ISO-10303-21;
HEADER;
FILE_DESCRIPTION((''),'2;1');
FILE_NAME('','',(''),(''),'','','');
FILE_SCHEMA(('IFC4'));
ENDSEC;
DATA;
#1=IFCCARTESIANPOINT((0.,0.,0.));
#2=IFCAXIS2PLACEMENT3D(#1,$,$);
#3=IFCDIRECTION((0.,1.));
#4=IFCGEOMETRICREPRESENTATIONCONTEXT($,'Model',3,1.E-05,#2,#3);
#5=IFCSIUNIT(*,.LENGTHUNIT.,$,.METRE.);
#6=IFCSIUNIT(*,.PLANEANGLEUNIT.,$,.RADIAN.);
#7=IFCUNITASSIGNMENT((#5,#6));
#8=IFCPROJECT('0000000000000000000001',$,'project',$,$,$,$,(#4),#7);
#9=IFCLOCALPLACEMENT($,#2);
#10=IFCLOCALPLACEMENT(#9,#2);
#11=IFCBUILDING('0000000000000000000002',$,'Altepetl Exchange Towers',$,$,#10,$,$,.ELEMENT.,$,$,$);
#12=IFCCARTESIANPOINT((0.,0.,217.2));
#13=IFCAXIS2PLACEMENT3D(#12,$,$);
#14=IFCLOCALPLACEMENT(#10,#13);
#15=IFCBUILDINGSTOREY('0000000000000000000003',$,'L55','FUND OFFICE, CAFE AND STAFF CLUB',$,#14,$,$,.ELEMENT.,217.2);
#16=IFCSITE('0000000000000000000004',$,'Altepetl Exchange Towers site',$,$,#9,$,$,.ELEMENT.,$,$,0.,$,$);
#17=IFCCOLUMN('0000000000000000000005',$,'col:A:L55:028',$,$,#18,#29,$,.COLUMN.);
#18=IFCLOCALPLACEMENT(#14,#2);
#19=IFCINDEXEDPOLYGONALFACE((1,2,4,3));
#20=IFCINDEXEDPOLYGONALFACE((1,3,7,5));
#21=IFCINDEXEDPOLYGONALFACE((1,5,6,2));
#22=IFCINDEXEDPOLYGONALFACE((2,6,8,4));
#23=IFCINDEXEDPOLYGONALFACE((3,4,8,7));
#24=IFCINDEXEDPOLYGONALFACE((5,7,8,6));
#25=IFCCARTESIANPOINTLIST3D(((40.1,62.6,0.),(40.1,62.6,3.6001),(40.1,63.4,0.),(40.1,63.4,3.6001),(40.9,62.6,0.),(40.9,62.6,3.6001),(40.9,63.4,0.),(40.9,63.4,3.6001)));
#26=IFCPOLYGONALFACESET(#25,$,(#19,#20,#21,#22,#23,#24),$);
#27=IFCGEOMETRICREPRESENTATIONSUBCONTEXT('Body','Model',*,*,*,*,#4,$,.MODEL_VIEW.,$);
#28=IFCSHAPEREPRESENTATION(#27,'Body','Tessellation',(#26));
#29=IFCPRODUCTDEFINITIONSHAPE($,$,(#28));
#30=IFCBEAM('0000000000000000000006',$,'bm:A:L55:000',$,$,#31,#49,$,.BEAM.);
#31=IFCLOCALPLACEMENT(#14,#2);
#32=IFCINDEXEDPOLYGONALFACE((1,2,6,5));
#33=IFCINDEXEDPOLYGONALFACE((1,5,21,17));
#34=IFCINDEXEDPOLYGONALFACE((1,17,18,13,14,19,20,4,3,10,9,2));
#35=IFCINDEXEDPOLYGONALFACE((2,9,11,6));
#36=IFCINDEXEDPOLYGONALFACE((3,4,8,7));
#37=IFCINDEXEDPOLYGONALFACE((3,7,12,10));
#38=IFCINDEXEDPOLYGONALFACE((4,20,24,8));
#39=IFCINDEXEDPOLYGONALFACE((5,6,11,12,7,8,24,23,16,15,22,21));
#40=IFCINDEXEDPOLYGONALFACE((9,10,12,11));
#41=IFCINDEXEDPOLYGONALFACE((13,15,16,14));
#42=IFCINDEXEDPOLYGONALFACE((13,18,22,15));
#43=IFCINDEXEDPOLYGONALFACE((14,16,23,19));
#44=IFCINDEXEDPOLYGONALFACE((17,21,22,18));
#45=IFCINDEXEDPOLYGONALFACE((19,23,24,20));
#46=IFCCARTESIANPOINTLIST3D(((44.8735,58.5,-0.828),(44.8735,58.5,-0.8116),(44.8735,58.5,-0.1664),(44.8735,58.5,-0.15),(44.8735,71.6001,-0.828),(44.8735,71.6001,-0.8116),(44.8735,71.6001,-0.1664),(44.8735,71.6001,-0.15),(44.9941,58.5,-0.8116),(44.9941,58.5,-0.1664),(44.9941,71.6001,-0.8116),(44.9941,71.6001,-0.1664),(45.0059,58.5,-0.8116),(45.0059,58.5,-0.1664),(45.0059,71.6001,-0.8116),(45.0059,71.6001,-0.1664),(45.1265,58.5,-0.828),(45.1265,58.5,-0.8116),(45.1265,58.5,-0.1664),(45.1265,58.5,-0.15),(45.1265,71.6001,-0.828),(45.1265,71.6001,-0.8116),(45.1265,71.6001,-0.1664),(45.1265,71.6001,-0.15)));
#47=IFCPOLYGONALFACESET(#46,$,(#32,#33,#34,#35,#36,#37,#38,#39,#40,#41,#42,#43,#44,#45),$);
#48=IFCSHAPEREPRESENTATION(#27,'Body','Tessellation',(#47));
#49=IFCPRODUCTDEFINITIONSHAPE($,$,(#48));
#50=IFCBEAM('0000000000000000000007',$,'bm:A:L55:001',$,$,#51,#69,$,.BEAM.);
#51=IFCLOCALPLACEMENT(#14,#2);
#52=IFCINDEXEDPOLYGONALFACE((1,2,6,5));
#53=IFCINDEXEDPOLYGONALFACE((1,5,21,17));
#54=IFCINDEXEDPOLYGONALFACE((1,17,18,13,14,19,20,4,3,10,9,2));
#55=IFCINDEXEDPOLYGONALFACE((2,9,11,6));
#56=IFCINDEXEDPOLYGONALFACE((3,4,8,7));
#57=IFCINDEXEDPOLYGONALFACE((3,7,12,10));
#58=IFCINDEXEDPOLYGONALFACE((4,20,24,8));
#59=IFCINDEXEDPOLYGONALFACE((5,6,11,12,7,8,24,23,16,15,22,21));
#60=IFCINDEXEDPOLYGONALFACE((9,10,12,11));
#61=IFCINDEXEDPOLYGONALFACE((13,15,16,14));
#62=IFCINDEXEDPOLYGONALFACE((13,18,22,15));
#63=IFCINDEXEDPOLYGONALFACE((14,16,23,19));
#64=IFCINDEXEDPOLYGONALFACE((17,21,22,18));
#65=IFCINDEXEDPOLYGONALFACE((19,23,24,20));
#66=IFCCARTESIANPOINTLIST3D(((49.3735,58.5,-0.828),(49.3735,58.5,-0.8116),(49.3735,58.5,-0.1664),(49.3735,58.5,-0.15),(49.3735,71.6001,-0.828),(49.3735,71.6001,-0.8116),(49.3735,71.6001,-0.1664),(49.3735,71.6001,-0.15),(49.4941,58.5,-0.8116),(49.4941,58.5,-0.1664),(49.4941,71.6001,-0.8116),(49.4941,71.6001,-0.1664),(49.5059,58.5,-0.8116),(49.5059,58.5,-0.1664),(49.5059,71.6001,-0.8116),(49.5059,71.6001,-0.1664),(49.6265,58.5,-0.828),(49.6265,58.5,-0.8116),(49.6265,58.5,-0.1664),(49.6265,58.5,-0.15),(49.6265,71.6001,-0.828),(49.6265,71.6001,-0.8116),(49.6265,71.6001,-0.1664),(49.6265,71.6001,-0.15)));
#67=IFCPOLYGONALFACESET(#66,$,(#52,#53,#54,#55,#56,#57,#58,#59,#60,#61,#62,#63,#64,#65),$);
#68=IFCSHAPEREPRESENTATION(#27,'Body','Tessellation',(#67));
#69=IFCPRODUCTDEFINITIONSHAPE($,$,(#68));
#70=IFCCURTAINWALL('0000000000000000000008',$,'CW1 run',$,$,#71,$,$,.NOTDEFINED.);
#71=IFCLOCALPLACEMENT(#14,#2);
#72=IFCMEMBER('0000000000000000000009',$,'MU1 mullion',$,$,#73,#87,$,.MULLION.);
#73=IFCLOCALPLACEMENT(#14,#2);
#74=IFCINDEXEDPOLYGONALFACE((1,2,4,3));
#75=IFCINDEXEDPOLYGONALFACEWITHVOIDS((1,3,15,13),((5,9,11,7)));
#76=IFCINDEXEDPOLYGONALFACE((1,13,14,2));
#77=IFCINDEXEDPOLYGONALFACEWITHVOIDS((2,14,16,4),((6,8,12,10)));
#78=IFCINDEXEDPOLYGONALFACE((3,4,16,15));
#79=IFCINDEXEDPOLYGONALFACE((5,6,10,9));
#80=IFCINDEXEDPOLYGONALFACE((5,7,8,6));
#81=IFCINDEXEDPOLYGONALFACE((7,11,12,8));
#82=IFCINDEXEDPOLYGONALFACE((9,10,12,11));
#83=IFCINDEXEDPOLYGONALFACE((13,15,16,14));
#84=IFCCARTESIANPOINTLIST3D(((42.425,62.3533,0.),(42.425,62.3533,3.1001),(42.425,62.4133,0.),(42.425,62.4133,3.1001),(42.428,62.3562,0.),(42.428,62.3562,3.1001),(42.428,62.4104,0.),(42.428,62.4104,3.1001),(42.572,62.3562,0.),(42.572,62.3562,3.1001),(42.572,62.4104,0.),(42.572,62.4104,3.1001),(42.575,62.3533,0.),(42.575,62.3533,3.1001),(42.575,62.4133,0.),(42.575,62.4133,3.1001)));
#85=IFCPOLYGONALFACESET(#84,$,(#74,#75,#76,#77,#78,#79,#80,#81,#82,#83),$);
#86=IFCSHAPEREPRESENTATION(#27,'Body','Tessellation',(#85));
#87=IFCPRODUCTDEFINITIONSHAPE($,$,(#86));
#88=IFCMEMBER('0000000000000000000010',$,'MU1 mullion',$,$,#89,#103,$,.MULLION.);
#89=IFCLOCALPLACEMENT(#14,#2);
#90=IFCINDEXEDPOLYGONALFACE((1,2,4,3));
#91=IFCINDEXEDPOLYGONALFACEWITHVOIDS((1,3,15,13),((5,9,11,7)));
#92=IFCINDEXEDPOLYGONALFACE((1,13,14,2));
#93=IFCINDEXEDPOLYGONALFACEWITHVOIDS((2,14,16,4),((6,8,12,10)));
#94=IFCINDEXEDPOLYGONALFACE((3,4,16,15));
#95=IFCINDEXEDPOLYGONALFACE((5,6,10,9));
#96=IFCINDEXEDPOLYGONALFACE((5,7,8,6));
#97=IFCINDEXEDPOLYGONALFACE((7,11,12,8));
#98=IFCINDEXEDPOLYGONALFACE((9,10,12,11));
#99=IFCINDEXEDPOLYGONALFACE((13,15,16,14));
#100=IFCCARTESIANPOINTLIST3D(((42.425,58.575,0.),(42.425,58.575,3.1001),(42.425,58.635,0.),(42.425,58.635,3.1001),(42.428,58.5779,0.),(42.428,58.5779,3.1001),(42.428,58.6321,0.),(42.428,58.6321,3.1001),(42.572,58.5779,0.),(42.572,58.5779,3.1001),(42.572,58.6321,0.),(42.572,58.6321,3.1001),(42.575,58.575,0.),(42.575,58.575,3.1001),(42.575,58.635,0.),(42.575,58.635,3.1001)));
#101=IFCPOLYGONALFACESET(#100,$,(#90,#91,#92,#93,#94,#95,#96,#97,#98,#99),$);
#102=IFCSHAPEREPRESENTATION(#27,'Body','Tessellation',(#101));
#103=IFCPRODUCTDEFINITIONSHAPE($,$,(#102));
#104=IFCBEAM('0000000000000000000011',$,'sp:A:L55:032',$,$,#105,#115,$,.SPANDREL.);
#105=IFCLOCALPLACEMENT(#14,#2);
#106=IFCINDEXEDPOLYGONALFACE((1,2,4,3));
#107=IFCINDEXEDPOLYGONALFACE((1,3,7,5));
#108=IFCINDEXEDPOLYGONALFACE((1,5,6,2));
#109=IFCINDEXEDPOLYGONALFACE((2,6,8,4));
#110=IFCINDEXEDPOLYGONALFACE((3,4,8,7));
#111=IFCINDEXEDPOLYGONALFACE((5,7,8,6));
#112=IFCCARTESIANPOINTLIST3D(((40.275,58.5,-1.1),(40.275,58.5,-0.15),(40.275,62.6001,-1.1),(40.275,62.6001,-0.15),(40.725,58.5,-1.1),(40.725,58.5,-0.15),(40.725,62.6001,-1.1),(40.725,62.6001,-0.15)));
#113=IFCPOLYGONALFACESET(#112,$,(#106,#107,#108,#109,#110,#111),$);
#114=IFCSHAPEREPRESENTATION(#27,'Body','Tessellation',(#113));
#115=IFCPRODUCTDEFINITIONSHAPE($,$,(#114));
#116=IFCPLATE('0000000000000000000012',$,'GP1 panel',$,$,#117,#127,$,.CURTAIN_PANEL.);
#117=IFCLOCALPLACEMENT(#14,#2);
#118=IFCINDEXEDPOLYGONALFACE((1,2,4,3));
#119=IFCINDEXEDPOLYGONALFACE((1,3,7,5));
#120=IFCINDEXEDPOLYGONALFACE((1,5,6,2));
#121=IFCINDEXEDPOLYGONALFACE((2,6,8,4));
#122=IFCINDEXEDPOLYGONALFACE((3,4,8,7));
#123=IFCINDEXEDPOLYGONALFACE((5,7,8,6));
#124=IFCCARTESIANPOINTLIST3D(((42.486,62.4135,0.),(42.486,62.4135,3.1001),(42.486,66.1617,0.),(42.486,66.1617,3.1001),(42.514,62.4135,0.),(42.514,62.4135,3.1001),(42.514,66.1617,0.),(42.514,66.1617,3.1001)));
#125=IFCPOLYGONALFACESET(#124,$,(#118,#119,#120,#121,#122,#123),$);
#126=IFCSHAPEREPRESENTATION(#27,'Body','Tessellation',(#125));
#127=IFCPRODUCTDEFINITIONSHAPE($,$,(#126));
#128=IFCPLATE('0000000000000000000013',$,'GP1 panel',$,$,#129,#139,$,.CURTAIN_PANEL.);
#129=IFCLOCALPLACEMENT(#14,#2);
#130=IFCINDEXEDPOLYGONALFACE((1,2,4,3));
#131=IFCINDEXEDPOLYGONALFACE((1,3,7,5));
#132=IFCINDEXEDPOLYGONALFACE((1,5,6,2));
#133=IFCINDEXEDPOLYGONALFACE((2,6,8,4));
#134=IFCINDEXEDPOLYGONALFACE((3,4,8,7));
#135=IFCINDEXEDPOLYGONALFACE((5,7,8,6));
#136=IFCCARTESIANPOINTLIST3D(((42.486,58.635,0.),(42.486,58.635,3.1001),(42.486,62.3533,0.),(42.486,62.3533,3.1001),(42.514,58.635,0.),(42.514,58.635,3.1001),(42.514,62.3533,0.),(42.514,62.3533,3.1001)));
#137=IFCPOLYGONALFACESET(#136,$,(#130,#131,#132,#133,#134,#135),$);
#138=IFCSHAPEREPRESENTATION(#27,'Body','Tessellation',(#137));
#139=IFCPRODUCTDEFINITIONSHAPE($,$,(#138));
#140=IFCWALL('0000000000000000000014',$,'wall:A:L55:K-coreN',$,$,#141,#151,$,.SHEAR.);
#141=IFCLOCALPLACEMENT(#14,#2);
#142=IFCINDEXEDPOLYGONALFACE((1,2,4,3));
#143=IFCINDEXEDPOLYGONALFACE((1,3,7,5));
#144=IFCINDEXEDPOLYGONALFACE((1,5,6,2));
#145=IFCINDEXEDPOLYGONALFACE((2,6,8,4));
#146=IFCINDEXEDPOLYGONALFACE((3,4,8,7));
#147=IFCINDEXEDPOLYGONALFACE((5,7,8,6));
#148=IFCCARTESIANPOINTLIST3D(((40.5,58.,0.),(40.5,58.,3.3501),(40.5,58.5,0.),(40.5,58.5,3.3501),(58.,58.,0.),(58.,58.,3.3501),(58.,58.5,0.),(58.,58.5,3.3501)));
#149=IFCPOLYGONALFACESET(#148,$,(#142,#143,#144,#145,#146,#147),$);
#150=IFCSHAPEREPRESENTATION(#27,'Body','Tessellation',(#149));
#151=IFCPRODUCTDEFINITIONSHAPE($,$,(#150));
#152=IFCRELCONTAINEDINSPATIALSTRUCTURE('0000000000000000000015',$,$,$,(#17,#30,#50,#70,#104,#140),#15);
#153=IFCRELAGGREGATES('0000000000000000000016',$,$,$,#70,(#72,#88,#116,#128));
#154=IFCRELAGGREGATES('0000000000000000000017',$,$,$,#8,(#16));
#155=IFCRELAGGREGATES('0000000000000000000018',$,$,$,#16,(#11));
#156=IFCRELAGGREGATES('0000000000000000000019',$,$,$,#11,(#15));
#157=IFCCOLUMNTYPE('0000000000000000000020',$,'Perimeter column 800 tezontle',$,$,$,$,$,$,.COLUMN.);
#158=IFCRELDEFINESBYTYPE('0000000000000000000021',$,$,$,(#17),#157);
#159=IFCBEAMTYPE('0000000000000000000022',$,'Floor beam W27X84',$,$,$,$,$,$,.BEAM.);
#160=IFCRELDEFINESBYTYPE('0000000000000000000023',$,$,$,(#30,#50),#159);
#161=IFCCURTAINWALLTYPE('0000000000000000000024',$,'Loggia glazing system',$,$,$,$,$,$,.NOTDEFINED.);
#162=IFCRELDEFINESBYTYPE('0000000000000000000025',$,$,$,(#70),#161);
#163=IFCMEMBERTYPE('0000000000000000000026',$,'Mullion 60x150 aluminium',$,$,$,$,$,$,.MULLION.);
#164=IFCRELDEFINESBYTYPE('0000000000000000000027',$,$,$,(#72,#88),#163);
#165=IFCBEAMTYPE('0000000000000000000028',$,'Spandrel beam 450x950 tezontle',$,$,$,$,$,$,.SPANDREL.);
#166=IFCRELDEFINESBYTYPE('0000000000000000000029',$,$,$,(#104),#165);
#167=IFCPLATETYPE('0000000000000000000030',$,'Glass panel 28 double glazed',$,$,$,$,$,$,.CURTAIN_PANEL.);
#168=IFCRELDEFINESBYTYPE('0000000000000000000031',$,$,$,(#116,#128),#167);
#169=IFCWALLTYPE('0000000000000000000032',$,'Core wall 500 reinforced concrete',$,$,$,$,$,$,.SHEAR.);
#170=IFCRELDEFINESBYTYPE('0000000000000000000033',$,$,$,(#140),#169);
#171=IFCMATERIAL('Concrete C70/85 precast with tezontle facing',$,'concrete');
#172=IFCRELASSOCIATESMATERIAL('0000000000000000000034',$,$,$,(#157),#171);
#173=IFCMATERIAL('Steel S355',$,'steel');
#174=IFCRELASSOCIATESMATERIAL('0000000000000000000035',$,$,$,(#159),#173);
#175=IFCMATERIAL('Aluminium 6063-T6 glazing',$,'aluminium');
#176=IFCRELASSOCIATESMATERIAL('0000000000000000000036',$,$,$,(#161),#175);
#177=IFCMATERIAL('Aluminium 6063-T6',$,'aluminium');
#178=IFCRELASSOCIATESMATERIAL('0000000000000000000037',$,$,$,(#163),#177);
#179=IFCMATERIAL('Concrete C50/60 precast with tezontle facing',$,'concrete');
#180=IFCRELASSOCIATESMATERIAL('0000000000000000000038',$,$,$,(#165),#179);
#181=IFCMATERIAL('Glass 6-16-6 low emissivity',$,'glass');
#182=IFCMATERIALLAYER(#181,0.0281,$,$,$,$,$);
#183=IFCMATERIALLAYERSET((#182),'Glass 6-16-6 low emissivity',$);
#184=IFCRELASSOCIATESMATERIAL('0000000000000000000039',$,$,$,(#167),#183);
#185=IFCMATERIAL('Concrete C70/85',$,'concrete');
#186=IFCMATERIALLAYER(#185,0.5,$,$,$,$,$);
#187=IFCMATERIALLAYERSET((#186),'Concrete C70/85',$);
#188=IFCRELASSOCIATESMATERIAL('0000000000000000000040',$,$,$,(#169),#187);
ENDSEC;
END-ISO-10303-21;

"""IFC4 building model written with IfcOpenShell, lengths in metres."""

from ifc_helpers import new_model, si_unit, direction, frame, frame_2d, origin, origin_2d, place, context, subcontext, project, spatial, rectangle, hollow_rectangle, i_section, extrude, material, layer, layer_set, material_profile, profile_set, type_object, element, aggregate, save


model = new_model("IFC4")

# Units and contexts
model_context = context("Model", 3, precision=1e-05, world=origin(), true_north=direction((0.0, 1.0)))
body_context = subcontext(model_context, "Body", "Model", "MODEL_VIEW")
ifc_project = project(units=[si_unit("LENGTHUNIT", "METRE"), si_unit("PLANEANGLEUNIT", "RADIAN")], contexts=[model_context])

# Site, building, storey
site_placement = place(None, origin())
site = spatial("IfcSite", under=ifc_project, at=site_placement, Name="Altepetl Exchange Towers site", CompositionType="ELEMENT", RefElevation=0.0)
building_placement = place(site_placement, origin())
building = spatial("IfcBuilding", under=site, at=building_placement, Name="Altepetl Exchange Towers", CompositionType="ELEMENT")
storey_placement = place(building_placement, frame((0.0, 0.0, 217.2)))
storey = spatial("IfcBuildingStorey", under=building, at=storey_placement, Name="L55", Description="FUND OFFICE, CAFE AND STAFF CLUB", CompositionType="ELEMENT", Elevation=217.2)

# Column
ifc_material_1 = material(Name="Concrete C70/85 precast with tezontle facing", Category="concrete")
ifc_material_profile_1 = material_profile(ifc_material_1, rectangle(XDim=0.8, YDim=0.8, at=origin_2d()), Name="800 x 800")
ifc_profile_set_1 = profile_set([ifc_material_profile_1], Name="Concrete C70/85 precast with tezontle facing")
column_type = type_object("IfcColumnType", Name="Perimeter column 800 tezontle", PredefinedType="COLUMN", material=ifc_profile_set_1)
column_placement = place(storey_placement, frame((40.5, 63.0, 0.0)))
element("IfcColumn", 1, at=column_placement, inside=storey, type_object=column_type, Name="col:A:L55:028", PredefinedType="COLUMN", context=body_context, shape_type="SweptSolid", body=[
    extrude(rectangle(XDim=0.8, YDim=0.8, at=origin_2d()), origin(), (0.0, 0.0, 1.0), 3.6001),
])

# Beams
ifc_material_2 = material(Name="Steel S355", Category="steel")
ifc_material_profile_2 = material_profile(ifc_material_2, i_section(OverallWidth=0.2529, OverallDepth=0.678, WebThickness=0.0117, FlangeThickness=0.0164, at=origin_2d()), Name="W27X84")
ifc_profile_set_2 = profile_set([ifc_material_profile_2], Name="Steel S355")
beam_type_1 = type_object("IfcBeamType", Name="Floor beam W27X84", PredefinedType="BEAM", material=ifc_profile_set_2)
for number, where, z_axis, x_axis, name in (
    (2, (45.0, 58.5, -0.489), (0.0, 1.0, 0.0), (-1.0, 0.0, 0.0), "bm:A:L55:000"),
    (3, (49.5, 58.5, -0.489), (0.0, 1.0, 0.0), (-1.0, 0.0, 0.0), "bm:A:L55:001"),
):
    element("IfcBeam", number, at=place(storey_placement, frame(where, z_axis=z_axis, x_axis=x_axis)), inside=storey, type_object=beam_type_1, Name=name, PredefinedType="BEAM", context=body_context, shape_type="SweptSolid", body=[
        extrude(i_section(OverallWidth=0.2529, OverallDepth=0.678, WebThickness=0.0117, FlangeThickness=0.0164, at=origin_2d()), origin(), (0.0, 0.0, 1.0), 13.1001),
    ])

# Curtain wall, members
ifc_material_3 = material(Name="Aluminium 6063-T6 glazing", Category="aluminium")
curtain_wall_type = type_object("IfcCurtainWallType", Name="Loggia glazing system", PredefinedType="NOTDEFINED", material=ifc_material_3)
curtain_wall_placement = place(storey_placement, origin())
curtain_wall = element("IfcCurtainWall", 4, at=curtain_wall_placement, inside=storey, type_object=curtain_wall_type, Name="CW1 run", PredefinedType="NOTDEFINED")
ifc_material_4 = material(Name="Aluminium 6063-T6", Category="aluminium")
ifc_material_profile_3 = material_profile(ifc_material_4, hollow_rectangle(XDim=0.0601, YDim=0.1499, WallThickness=0.0029, at=origin_2d()), Name="Mullion 60x150 aluminium")
ifc_profile_set_3 = profile_set([ifc_material_profile_3], Name="Aluminium 6063-T6")
member_type = type_object("IfcMemberType", Name="Mullion 60x150 aluminium", PredefinedType="MULLION", material=ifc_profile_set_3)
member_1_placement = place(storey_placement, frame((42.5, 62.3833, 0.0), z_axis=(0.0, 0.0, 1.0), x_axis=(0.0, -1.0, 0.0)))
member_1 = element("IfcMember", 5, at=member_1_placement, type_object=member_type, Name="MU1 mullion", PredefinedType="MULLION", context=body_context, shape_type="SweptSolid", body=[
    extrude(hollow_rectangle(XDim=0.0601, YDim=0.1499, WallThickness=0.0029, at=origin_2d()), origin(), (0.0, 0.0, 1.0), 3.1001),
])
member_2_placement = place(storey_placement, frame((42.5, 58.605, 0.0), z_axis=(0.0, 0.0, 1.0), x_axis=(0.0, -1.0, 0.0)))
member_2 = element("IfcMember", 6, at=member_2_placement, type_object=member_type, Name="MU1 mullion", PredefinedType="MULLION", context=body_context, shape_type="SweptSolid", body=[
    extrude(hollow_rectangle(XDim=0.0601, YDim=0.1499, WallThickness=0.0029, at=origin_2d()), origin(), (0.0, 0.0, 1.0), 3.1001),
])

# Beam
ifc_material_5 = material(Name="Concrete C50/60 precast with tezontle facing", Category="concrete")
ifc_material_profile_4 = material_profile(ifc_material_5, rectangle(XDim=0.45, YDim=0.95, at=origin_2d()), Name="450 x 950")
ifc_profile_set_4 = profile_set([ifc_material_profile_4], Name="Concrete C50/60 precast with tezontle facing")
beam_type_2 = type_object("IfcBeamType", Name="Spandrel beam 450x950 tezontle", PredefinedType="SPANDREL", material=ifc_profile_set_4)
beam_placement = place(storey_placement, frame((40.5, 62.6001, -0.625), z_axis=(0.0, -1.0, 0.0), x_axis=(1.0, 0.0, 0.0)))
element("IfcBeam", 7, at=beam_placement, inside=storey, type_object=beam_type_2, Name="sp:A:L55:032", PredefinedType="SPANDREL", context=body_context, shape_type="SweptSolid", body=[
    extrude(rectangle(XDim=0.45, YDim=0.95, at=origin_2d()), origin(), (0.0, 0.0, 1.0), 4.1001),
])

# Plates
ifc_material_6 = material(Name="Glass 6-16-6 low emissivity", Category="glass")
ifc_layer_1 = layer(ifc_material_6, 0.0281)
ifc_layer_set_1 = layer_set([ifc_layer_1], Name="Glass 6-16-6 low emissivity")
plate_type = type_object("IfcPlateType", Name="Glass panel 28 double glazed", PredefinedType="CURTAIN_PANEL", material=ifc_layer_set_1)
plate_1_placement = place(storey_placement, frame((42.5, 64.2876, 0.0), z_axis=(0.0, 0.0, 1.0), x_axis=(0.0, -1.0, 0.0)))
plate_1 = element("IfcPlate", 8, at=plate_1_placement, type_object=plate_type, Name="GP1 panel", PredefinedType="CURTAIN_PANEL", context=body_context, shape_type="SweptSolid", body=[
    extrude(rectangle(XDim=3.7483, YDim=0.0281, at=origin_2d()), origin(), (0.0, 0.0, 1.0), 3.1001),
])
plate_2_placement = place(storey_placement, frame((42.5, 60.4941, 0.0), z_axis=(0.0, 0.0, 1.0), x_axis=(0.0, -1.0, 0.0)))
plate_2 = element("IfcPlate", 9, at=plate_2_placement, type_object=plate_type, Name="GP1 panel", PredefinedType="CURTAIN_PANEL", context=body_context, shape_type="SweptSolid", body=[
    extrude(rectangle(XDim=3.7183, YDim=0.0281, at=origin_2d()), origin(), (0.0, 0.0, 1.0), 3.1001),
])
aggregate(curtain_wall, [member_1, member_2, plate_1, plate_2])

# Wall
ifc_material_7 = material(Name="Concrete C70/85", Category="concrete")
ifc_layer_2 = layer(ifc_material_7, 0.5)
ifc_layer_set_2 = layer_set([ifc_layer_2], Name="Concrete C70/85")
wall_type_1 = type_object("IfcWallType", Name="Core wall 500 reinforced concrete", PredefinedType="SHEAR", material=ifc_layer_set_2)
wall_1_placement = place(storey_placement, frame((40.5, 58.25, 0.0)))
element("IfcWall", 10, at=wall_1_placement, inside=storey, type_object=wall_type_1, Name="wall:A:L55:K-coreN", PredefinedType="SHEAR", context=body_context, shape_type="SweptSolid", body=[
    extrude(rectangle(XDim=17.5, YDim=0.5, at=frame_2d((8.75, 0.0))), origin(), (0.0, 0.0, 1.0), 3.3501),
])

save(model, "model.ifc")
